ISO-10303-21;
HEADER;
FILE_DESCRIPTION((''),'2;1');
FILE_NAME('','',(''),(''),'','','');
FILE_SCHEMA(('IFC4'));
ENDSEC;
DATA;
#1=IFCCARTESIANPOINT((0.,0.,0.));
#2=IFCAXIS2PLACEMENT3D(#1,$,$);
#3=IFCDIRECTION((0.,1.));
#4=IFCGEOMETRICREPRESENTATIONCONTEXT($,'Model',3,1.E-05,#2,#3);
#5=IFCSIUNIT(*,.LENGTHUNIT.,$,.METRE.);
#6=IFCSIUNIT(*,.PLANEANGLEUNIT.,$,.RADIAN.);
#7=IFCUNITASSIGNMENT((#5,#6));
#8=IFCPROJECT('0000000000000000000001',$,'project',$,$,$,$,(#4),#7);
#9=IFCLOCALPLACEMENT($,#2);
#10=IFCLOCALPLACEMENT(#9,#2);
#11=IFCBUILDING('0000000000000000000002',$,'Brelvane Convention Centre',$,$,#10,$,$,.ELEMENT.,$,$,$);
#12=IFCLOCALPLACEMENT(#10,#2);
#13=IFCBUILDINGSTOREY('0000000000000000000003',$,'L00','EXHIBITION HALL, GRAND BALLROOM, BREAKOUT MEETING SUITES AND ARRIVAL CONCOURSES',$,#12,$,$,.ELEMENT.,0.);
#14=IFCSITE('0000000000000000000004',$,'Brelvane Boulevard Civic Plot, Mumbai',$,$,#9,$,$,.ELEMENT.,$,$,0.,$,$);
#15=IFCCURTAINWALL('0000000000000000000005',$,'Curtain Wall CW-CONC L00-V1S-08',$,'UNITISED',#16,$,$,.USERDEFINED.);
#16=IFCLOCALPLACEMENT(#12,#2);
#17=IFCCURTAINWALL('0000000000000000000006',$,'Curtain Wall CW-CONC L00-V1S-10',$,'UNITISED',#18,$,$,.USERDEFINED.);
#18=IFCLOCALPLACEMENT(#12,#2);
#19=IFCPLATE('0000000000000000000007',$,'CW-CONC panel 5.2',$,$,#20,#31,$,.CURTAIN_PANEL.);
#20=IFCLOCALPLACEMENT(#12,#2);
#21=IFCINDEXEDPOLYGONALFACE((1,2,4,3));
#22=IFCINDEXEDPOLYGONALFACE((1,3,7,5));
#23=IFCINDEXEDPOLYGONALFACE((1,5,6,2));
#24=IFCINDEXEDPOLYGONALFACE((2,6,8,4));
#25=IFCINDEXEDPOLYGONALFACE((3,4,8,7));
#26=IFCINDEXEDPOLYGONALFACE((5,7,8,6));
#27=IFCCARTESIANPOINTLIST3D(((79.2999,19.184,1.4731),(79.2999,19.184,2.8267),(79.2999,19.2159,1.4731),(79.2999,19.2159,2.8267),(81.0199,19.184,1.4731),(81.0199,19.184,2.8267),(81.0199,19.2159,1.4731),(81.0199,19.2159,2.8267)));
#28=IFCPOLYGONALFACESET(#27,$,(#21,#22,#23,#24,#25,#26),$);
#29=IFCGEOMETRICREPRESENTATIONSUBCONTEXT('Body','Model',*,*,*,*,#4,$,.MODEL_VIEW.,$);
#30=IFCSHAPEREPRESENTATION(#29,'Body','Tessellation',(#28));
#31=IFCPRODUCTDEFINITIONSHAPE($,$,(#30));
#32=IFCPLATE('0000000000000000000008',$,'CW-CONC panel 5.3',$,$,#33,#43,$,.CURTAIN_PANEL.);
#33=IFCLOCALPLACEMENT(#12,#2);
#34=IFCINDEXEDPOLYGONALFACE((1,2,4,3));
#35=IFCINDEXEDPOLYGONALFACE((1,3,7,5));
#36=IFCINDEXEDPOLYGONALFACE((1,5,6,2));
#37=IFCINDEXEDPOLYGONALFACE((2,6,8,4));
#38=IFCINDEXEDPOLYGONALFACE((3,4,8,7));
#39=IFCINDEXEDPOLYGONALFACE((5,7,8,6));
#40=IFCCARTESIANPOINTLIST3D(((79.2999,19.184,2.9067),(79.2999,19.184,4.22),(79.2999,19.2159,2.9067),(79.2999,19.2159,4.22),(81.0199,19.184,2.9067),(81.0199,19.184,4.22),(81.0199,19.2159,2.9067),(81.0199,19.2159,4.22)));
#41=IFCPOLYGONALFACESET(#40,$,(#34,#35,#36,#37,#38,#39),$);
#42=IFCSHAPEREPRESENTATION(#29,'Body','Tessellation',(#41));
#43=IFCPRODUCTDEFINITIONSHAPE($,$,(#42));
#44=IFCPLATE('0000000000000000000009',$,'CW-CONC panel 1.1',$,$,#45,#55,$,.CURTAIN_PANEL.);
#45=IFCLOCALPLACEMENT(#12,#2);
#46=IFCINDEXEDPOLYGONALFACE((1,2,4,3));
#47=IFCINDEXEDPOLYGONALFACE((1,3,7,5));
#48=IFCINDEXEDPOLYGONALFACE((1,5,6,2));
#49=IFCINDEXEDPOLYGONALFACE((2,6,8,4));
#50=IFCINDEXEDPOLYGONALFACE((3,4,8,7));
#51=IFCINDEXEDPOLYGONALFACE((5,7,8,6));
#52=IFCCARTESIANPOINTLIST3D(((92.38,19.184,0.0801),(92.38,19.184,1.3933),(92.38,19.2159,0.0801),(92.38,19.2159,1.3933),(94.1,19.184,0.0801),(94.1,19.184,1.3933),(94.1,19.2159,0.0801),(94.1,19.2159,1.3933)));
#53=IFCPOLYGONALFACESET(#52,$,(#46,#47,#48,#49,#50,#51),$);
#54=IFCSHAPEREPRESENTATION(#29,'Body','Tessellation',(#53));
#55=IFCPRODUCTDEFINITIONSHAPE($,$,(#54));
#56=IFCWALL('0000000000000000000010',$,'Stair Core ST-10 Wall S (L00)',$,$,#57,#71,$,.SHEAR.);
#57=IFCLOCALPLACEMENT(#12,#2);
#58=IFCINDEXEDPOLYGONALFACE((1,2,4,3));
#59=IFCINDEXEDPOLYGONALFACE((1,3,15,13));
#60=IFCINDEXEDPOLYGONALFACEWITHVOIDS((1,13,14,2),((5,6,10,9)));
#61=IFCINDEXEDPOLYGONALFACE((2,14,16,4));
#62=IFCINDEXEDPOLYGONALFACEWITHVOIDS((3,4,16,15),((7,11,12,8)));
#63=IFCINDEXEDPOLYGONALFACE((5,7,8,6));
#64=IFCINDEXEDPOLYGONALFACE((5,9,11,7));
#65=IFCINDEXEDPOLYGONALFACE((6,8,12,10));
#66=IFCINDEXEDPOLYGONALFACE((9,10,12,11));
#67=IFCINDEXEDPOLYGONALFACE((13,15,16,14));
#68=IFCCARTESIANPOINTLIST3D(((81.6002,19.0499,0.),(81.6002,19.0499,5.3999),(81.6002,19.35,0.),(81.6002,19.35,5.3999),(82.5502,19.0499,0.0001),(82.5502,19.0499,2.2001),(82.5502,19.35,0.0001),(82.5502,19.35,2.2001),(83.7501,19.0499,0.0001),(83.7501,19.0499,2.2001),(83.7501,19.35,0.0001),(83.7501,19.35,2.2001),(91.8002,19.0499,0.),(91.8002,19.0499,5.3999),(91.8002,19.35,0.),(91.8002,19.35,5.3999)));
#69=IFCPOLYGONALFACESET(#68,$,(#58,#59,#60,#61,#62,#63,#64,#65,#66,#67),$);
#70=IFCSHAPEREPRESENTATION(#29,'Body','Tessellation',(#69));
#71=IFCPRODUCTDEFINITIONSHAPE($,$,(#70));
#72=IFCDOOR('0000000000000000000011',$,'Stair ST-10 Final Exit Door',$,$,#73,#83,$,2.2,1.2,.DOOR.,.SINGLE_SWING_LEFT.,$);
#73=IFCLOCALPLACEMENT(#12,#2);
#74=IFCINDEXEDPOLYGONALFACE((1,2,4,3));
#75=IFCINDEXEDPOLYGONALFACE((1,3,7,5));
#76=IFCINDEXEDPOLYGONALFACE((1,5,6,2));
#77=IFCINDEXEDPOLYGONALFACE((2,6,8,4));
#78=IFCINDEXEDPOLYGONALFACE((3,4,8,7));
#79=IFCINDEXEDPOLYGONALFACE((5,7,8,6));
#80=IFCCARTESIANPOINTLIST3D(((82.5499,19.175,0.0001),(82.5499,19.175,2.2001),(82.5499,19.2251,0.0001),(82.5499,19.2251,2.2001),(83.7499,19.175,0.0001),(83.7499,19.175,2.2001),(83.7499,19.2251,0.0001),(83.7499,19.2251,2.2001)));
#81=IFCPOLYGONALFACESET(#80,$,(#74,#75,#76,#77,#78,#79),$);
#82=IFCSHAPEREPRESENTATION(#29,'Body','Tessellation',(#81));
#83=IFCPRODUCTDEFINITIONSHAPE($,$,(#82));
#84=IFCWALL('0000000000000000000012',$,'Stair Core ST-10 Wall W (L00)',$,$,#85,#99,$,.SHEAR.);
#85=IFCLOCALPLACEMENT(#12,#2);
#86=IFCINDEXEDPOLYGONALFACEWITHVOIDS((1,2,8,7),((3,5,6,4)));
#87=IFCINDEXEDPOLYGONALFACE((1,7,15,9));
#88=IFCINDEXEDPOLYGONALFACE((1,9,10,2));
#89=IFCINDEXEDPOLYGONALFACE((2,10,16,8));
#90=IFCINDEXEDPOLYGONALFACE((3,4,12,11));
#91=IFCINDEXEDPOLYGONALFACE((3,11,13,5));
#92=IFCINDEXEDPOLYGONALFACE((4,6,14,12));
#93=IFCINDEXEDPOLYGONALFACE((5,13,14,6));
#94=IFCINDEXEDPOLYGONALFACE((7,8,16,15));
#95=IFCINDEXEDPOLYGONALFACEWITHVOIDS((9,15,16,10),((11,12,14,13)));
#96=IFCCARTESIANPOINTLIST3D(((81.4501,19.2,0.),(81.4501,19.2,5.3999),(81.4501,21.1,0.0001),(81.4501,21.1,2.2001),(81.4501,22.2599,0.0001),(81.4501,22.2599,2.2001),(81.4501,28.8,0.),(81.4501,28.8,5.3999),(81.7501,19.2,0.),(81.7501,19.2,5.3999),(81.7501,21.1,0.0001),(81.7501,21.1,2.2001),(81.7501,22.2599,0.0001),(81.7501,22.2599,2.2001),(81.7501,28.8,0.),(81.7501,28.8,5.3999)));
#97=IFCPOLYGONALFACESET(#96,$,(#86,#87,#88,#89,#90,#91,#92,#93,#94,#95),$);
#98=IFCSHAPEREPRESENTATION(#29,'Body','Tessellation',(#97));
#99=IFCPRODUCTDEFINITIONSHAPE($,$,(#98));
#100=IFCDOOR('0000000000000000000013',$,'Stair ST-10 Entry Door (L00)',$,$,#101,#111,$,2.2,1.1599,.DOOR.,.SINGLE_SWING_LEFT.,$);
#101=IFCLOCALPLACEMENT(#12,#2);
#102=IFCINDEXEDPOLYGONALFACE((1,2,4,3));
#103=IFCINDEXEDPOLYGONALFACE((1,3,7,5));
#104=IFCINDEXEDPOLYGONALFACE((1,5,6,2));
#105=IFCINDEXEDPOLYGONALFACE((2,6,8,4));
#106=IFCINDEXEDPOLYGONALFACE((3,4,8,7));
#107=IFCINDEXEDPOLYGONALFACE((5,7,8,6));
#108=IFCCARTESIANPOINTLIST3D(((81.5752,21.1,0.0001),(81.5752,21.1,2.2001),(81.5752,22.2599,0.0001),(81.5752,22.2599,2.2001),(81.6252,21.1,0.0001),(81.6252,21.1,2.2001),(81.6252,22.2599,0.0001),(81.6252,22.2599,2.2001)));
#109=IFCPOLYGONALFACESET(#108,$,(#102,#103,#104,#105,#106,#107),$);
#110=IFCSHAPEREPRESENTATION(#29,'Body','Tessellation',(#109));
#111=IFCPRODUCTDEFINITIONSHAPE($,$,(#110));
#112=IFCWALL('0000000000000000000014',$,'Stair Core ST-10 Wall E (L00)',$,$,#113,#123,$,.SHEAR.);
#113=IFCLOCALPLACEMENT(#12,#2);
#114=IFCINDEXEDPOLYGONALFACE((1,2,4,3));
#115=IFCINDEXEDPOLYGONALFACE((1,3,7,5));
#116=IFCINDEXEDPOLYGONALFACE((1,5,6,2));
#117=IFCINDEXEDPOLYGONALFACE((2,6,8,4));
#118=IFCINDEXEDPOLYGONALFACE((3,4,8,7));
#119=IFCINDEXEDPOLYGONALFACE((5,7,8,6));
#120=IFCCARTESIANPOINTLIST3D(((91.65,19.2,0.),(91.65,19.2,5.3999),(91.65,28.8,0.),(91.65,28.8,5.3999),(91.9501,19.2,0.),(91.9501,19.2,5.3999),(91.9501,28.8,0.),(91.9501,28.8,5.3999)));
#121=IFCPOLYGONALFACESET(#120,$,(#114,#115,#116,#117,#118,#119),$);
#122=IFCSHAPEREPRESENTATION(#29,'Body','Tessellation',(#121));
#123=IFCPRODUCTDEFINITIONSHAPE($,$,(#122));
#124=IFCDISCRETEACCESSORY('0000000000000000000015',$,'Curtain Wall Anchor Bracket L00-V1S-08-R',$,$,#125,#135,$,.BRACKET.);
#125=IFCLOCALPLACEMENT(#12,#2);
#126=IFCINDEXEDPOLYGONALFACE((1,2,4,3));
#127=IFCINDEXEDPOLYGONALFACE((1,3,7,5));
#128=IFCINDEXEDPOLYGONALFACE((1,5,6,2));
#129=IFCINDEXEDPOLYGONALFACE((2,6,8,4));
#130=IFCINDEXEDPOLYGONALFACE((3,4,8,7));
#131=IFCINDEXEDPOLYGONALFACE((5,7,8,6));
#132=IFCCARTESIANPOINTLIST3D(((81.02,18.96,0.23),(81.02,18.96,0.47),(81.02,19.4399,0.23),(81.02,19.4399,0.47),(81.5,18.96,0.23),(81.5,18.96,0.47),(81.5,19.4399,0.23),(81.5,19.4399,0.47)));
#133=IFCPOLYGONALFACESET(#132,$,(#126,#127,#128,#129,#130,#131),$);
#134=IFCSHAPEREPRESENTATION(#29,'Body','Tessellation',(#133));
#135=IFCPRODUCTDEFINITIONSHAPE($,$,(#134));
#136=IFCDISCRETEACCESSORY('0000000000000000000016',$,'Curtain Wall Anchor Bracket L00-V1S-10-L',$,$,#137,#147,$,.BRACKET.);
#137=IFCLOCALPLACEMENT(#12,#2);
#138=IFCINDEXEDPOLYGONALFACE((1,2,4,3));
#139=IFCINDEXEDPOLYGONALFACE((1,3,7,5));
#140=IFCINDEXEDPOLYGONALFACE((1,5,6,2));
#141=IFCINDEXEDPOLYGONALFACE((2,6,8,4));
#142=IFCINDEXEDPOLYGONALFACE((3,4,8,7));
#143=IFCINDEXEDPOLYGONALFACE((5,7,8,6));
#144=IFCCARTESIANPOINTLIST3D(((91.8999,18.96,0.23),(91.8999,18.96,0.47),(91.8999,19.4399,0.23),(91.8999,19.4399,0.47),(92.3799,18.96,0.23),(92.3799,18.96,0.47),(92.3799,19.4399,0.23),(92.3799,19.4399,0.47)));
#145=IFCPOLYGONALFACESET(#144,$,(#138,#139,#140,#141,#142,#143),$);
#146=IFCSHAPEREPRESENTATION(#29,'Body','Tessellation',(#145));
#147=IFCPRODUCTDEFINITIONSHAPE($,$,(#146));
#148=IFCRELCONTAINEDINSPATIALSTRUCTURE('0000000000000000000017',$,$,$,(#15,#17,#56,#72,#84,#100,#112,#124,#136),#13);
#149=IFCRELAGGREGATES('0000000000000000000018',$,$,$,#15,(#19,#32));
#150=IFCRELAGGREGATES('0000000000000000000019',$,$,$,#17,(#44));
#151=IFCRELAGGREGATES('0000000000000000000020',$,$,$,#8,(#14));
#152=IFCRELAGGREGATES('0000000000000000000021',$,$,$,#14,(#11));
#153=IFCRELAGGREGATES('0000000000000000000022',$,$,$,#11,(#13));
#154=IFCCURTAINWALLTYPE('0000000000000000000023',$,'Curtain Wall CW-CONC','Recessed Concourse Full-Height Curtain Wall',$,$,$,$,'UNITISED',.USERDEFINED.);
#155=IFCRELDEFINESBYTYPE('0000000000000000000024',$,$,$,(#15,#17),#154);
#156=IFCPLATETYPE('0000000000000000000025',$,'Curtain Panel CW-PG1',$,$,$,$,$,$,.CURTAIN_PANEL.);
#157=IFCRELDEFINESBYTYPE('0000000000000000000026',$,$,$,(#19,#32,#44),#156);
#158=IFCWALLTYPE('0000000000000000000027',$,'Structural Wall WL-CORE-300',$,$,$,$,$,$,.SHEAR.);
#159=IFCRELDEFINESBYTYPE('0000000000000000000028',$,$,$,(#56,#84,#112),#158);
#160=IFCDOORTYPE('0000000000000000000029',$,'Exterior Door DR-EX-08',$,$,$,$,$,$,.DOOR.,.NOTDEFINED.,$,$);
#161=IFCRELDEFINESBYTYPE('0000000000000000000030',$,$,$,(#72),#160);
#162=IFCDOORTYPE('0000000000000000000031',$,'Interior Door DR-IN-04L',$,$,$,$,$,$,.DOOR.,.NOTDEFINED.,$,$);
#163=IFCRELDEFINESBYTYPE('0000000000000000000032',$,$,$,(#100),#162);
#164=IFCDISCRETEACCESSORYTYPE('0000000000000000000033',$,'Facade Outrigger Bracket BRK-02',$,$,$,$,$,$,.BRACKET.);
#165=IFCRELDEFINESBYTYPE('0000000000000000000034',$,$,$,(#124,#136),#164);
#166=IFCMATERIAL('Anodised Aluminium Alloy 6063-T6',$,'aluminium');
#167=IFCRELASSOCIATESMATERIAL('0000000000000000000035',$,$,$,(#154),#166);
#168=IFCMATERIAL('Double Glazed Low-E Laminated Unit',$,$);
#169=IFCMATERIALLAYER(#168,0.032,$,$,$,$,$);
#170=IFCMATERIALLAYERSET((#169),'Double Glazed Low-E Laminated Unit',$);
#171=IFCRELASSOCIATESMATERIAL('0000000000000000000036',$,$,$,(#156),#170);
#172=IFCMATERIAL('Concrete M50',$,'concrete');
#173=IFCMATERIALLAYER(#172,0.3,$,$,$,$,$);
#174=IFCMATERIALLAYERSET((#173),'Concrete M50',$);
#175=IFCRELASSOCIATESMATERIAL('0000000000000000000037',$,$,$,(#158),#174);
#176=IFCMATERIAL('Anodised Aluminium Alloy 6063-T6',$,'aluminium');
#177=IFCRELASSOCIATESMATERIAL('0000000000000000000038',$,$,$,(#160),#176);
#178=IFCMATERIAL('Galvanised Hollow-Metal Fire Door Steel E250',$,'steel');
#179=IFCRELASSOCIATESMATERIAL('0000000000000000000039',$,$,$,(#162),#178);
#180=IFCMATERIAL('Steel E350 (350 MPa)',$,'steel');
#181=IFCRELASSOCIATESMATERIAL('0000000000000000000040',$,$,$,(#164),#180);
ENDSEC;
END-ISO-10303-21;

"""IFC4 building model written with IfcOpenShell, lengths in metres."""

from ifc_helpers import new_model, si_unit, direction, frame, frame_2d, origin, origin_2d, place, context, subcontext, project, spatial, rectangle, extrude, material, layer, layer_set, type_object, element, fill, aggregate, save


model = new_model("IFC4")

# Units and contexts
model_context = context("Model", 3, precision=1e-05, world=origin(), true_north=direction((0.0, 1.0)))
body_context = subcontext(model_context, "Body", "Model", "MODEL_VIEW")
ifc_project = project(units=[si_unit("LENGTHUNIT", "METRE"), si_unit("PLANEANGLEUNIT", "RADIAN")], contexts=[model_context])

# Site, building, storey
site_placement = place(None, origin())
site = spatial("IfcSite", under=ifc_project, at=site_placement, Name="Brelvane Boulevard Civic Plot, Mumbai", CompositionType="ELEMENT", RefElevation=0.0)
building_placement = place(site_placement, origin())
building = spatial("IfcBuilding", under=site, at=building_placement, Name="Brelvane Convention Centre", CompositionType="ELEMENT")
storey_placement = place(building_placement, origin())
storey = spatial("IfcBuildingStorey", under=building, at=storey_placement, Name="L00", Description="EXHIBITION HALL, GRAND BALLROOM, BREAKOUT MEETING SUITES AND ARRIVAL CONCOURSES", CompositionType="ELEMENT", Elevation=0.0)

# Curtain wall
ifc_material_1 = material(Name="Anodised Aluminium Alloy 6063-T6", Category="aluminium")
curtain_wall_type = type_object("IfcCurtainWallType", Name="Curtain Wall CW-CONC", Description="Recessed Concourse Full-Height Curtain Wall", ElementType="UNITISED", PredefinedType="USERDEFINED", material=ifc_material_1)
curtain_wall_1_placement = place(storey_placement, origin())
curtain_wall_1 = element("IfcCurtainWall", 1, at=curtain_wall_1_placement, inside=storey, type_object=curtain_wall_type, Name="Curtain Wall CW-CONC L00-V1S-08", ObjectType="UNITISED", PredefinedType="USERDEFINED")

# Curtain wall
curtain_wall_2_placement = place(storey_placement, origin())
curtain_wall_2 = element("IfcCurtainWall", 2, at=curtain_wall_2_placement, inside=storey, type_object=curtain_wall_type, Name="Curtain Wall CW-CONC L00-V1S-10", ObjectType="UNITISED", PredefinedType="USERDEFINED")

# Plates
ifc_material_2 = material(Name="Double Glazed Low-E Laminated Unit")
ifc_layer_1 = layer(ifc_material_2, 0.032)
ifc_layer_set_1 = layer_set([ifc_layer_1], Name="Double Glazed Low-E Laminated Unit")
plate_type = type_object("IfcPlateType", Name="Curtain Panel CW-PG1", PredefinedType="CURTAIN_PANEL", material=ifc_layer_set_1)
plate_1_placement = place(storey_placement, frame((80.1599, 19.2, 1.4731), z_axis=(0.0, 0.0, 1.0), x_axis=(1.0, 0.0, 0.0)))
plate_1 = element("IfcPlate", 3, at=plate_1_placement, type_object=plate_type, Name="CW-CONC panel 5.2", PredefinedType="CURTAIN_PANEL", context=body_context, shape_type="SweptSolid", body=[
    extrude(rectangle(XDim=1.72, YDim=0.032, at=origin_2d()), origin(), (0.0, 0.0, 1.0), 1.3535),
])
plate_2_placement = place(storey_placement, frame((80.1599, 19.2, 2.9067), z_axis=(0.0, 0.0, 1.0), x_axis=(1.0, 0.0, 0.0)))
plate_2 = element("IfcPlate", 4, at=plate_2_placement, type_object=plate_type, Name="CW-CONC panel 5.3", PredefinedType="CURTAIN_PANEL", context=body_context, shape_type="SweptSolid", body=[
    extrude(rectangle(XDim=1.72, YDim=0.032, at=origin_2d()), origin(), (0.0, 0.0, 1.0), 1.3132),
])
aggregate(curtain_wall_1, [plate_1, plate_2])
plate_3_placement = place(storey_placement, frame((93.24, 19.2, 0.0801), z_axis=(0.0, 0.0, 1.0), x_axis=(1.0, 0.0, 0.0)))
plate_3 = element("IfcPlate", 5, at=plate_3_placement, type_object=plate_type, Name="CW-CONC panel 1.1", PredefinedType="CURTAIN_PANEL", context=body_context, shape_type="SweptSolid", body=[
    extrude(rectangle(XDim=1.72, YDim=0.032, at=origin_2d()), origin(), (0.0, 0.0, 1.0), 1.3132),
])
aggregate(curtain_wall_2, [plate_3])

# Walls, openings, doors
ifc_material_3 = material(Name="Concrete M50", Category="concrete")
ifc_layer_2 = layer(ifc_material_3, 0.3)
ifc_layer_set_2 = layer_set([ifc_layer_2], Name="Concrete M50")
wall_type = type_object("IfcWallType", Name="Structural Wall WL-CORE-300", PredefinedType="SHEAR", material=ifc_layer_set_2)
wall_1_placement = place(storey_placement, frame((81.6001, 19.2, 0.0), z_axis=(0.0, 0.0, 1.0), x_axis=(1.0, 0.0, 0.0)))
wall_1 = element("IfcWall", 6, at=wall_1_placement, inside=storey, type_object=wall_type, Name="Stair Core ST-10 Wall S (L00)", PredefinedType="SHEAR", context=body_context, shape_type="SweptSolid", body=[
    extrude(rectangle(XDim=10.2, YDim=0.3, at=frame_2d((5.1001, 0.0))), origin(), (0.0, 0.0, 1.0), 5.3999),
])
opening_1_placement = place(wall_1_placement, frame((0.95, 0.0, 0.0)))
opening_1 = element("IfcOpeningElement", 7, at=opening_1_placement, cuts=wall_1, PredefinedType="OPENING", context=body_context, shape_type="SweptSolid", body=[
    extrude(rectangle(XDim=1.2, YDim=2.2, at=frame_2d((0.6001, 1.1001))), frame((0.0, 0.1599, 0.0), z_axis=(0.0, -1.0, 0.0), x_axis=(1.0, 0.0, 0.0)), (0.0, 0.0, 1.0), 0.3201),
])
ifc_material_4 = material(Name="Anodised Aluminium Alloy 6063-T6", Category="aluminium")
door_type_1 = type_object("IfcDoorType", Name="Exterior Door DR-EX-08", OperationType="NOTDEFINED", PredefinedType="DOOR", material=ifc_material_4)
door_1_placement = place(opening_1_placement, frame((1.2, 0.0, 0.0), z_axis=(0.0, 0.0, 1.0), x_axis=(-1.0, 0.0, 0.0)))
door_1 = element("IfcDoor", 8, at=door_1_placement, inside=storey, type_object=door_type_1, Name="Stair ST-10 Final Exit Door", OperationType="SINGLE_SWING_LEFT", OverallHeight=2.2, OverallWidth=1.2, PredefinedType="DOOR", context=body_context, shape_type="SweptSolid", body=[
    extrude(rectangle(XDim=1.2, YDim=2.2, at=frame_2d((0.6001, 1.1001))), frame((0.0, 0.0249, 0.0), z_axis=(0.0, -1.0, 0.0), x_axis=(1.0, 0.0, 0.0)), (0.0, 0.0, 1.0), 0.05),
])
fill(opening_1, door_1)
wall_2_placement = place(storey_placement, frame((81.6001, 19.2, 0.0), z_axis=(0.0, 0.0, 1.0), x_axis=(0.0, 1.0, 0.0)))
wall_2 = element("IfcWall", 9, at=wall_2_placement, inside=storey, type_object=wall_type, Name="Stair Core ST-10 Wall W (L00)", PredefinedType="SHEAR", context=body_context, shape_type="SweptSolid", body=[
    extrude(rectangle(XDim=9.6001, YDim=0.3, at=frame_2d((4.8, 0.0))), origin(), (0.0, 0.0, 1.0), 5.3999),
])
opening_2_placement = place(wall_2_placement, frame((1.8999, 0.0, 0.0)))
opening_2 = element("IfcOpeningElement", 10, at=opening_2_placement, cuts=wall_2, PredefinedType="OPENING", context=body_context, shape_type="SweptSolid", body=[
    extrude(rectangle(XDim=1.1599, YDim=2.2, at=frame_2d((0.5801, 1.1001))), frame((0.0, 0.1599, 0.0), z_axis=(0.0, -1.0, 0.0), x_axis=(1.0, 0.0, 0.0)), (0.0, 0.0, 1.0), 0.3201),
])
ifc_material_5 = material(Name="Galvanised Hollow-Metal Fire Door Steel E250", Category="steel")
door_type_2 = type_object("IfcDoorType", Name="Interior Door DR-IN-04L", OperationType="NOTDEFINED", PredefinedType="DOOR", material=ifc_material_5)
door_2_placement = place(opening_2_placement, origin())
door_2 = element("IfcDoor", 11, at=door_2_placement, inside=storey, type_object=door_type_2, Name="Stair ST-10 Entry Door (L00)", OperationType="SINGLE_SWING_LEFT", OverallHeight=2.2, OverallWidth=1.1599, PredefinedType="DOOR", context=body_context, shape_type="SweptSolid", body=[
    extrude(rectangle(XDim=1.1599, YDim=2.2, at=frame_2d((0.5801, 1.1001))), frame((0.0, 0.0249, 0.0), z_axis=(0.0, -1.0, 0.0), x_axis=(1.0, 0.0, 0.0)), (0.0, 0.0, 1.0), 0.05),
])
fill(opening_2, door_2)

# Wall
wall_3_placement = place(storey_placement, frame((91.8, 19.2, 0.0), z_axis=(0.0, 0.0, 1.0), x_axis=(0.0, 1.0, 0.0)))
element("IfcWall", 12, at=wall_3_placement, inside=storey, type_object=wall_type, Name="Stair Core ST-10 Wall E (L00)", PredefinedType="SHEAR", context=body_context, shape_type="SweptSolid", body=[
    extrude(rectangle(XDim=9.6001, YDim=0.3, at=frame_2d((4.8, 0.0))), origin(), (0.0, 0.0, 1.0), 5.3999),
])

# Discrete accessories
ifc_material_6 = material(Name="Steel E350 (350 MPa)", Category="steel")
discrete_accessory_type = type_object("IfcDiscreteAccessoryType", Name="Facade Outrigger Bracket BRK-02", PredefinedType="BRACKET", material=ifc_material_6)
for number, where, z_axis, x_axis, name in (
    (13, (81.26, 19.2, 0.23), (0.0, 0.0, 1.0), (1.0, 0.0, 0.0), "Curtain Wall Anchor Bracket L00-V1S-08-R"),
    (14, (92.1399, 19.2, 0.23), (0.0, 0.0, 1.0), (1.0, 0.0, 0.0), "Curtain Wall Anchor Bracket L00-V1S-10-L"),
):
    element("IfcDiscreteAccessory", number, at=place(storey_placement, frame(where, z_axis=z_axis, x_axis=x_axis)), inside=storey, type_object=discrete_accessory_type, Name=name, PredefinedType="BRACKET", context=body_context, shape_type="SweptSolid", body=[
        extrude(rectangle(XDim=0.48, YDim=0.48, at=origin_2d()), origin(), (0.0, 0.0, 1.0), 0.24),
    ])

save(model, "model.ifc")
